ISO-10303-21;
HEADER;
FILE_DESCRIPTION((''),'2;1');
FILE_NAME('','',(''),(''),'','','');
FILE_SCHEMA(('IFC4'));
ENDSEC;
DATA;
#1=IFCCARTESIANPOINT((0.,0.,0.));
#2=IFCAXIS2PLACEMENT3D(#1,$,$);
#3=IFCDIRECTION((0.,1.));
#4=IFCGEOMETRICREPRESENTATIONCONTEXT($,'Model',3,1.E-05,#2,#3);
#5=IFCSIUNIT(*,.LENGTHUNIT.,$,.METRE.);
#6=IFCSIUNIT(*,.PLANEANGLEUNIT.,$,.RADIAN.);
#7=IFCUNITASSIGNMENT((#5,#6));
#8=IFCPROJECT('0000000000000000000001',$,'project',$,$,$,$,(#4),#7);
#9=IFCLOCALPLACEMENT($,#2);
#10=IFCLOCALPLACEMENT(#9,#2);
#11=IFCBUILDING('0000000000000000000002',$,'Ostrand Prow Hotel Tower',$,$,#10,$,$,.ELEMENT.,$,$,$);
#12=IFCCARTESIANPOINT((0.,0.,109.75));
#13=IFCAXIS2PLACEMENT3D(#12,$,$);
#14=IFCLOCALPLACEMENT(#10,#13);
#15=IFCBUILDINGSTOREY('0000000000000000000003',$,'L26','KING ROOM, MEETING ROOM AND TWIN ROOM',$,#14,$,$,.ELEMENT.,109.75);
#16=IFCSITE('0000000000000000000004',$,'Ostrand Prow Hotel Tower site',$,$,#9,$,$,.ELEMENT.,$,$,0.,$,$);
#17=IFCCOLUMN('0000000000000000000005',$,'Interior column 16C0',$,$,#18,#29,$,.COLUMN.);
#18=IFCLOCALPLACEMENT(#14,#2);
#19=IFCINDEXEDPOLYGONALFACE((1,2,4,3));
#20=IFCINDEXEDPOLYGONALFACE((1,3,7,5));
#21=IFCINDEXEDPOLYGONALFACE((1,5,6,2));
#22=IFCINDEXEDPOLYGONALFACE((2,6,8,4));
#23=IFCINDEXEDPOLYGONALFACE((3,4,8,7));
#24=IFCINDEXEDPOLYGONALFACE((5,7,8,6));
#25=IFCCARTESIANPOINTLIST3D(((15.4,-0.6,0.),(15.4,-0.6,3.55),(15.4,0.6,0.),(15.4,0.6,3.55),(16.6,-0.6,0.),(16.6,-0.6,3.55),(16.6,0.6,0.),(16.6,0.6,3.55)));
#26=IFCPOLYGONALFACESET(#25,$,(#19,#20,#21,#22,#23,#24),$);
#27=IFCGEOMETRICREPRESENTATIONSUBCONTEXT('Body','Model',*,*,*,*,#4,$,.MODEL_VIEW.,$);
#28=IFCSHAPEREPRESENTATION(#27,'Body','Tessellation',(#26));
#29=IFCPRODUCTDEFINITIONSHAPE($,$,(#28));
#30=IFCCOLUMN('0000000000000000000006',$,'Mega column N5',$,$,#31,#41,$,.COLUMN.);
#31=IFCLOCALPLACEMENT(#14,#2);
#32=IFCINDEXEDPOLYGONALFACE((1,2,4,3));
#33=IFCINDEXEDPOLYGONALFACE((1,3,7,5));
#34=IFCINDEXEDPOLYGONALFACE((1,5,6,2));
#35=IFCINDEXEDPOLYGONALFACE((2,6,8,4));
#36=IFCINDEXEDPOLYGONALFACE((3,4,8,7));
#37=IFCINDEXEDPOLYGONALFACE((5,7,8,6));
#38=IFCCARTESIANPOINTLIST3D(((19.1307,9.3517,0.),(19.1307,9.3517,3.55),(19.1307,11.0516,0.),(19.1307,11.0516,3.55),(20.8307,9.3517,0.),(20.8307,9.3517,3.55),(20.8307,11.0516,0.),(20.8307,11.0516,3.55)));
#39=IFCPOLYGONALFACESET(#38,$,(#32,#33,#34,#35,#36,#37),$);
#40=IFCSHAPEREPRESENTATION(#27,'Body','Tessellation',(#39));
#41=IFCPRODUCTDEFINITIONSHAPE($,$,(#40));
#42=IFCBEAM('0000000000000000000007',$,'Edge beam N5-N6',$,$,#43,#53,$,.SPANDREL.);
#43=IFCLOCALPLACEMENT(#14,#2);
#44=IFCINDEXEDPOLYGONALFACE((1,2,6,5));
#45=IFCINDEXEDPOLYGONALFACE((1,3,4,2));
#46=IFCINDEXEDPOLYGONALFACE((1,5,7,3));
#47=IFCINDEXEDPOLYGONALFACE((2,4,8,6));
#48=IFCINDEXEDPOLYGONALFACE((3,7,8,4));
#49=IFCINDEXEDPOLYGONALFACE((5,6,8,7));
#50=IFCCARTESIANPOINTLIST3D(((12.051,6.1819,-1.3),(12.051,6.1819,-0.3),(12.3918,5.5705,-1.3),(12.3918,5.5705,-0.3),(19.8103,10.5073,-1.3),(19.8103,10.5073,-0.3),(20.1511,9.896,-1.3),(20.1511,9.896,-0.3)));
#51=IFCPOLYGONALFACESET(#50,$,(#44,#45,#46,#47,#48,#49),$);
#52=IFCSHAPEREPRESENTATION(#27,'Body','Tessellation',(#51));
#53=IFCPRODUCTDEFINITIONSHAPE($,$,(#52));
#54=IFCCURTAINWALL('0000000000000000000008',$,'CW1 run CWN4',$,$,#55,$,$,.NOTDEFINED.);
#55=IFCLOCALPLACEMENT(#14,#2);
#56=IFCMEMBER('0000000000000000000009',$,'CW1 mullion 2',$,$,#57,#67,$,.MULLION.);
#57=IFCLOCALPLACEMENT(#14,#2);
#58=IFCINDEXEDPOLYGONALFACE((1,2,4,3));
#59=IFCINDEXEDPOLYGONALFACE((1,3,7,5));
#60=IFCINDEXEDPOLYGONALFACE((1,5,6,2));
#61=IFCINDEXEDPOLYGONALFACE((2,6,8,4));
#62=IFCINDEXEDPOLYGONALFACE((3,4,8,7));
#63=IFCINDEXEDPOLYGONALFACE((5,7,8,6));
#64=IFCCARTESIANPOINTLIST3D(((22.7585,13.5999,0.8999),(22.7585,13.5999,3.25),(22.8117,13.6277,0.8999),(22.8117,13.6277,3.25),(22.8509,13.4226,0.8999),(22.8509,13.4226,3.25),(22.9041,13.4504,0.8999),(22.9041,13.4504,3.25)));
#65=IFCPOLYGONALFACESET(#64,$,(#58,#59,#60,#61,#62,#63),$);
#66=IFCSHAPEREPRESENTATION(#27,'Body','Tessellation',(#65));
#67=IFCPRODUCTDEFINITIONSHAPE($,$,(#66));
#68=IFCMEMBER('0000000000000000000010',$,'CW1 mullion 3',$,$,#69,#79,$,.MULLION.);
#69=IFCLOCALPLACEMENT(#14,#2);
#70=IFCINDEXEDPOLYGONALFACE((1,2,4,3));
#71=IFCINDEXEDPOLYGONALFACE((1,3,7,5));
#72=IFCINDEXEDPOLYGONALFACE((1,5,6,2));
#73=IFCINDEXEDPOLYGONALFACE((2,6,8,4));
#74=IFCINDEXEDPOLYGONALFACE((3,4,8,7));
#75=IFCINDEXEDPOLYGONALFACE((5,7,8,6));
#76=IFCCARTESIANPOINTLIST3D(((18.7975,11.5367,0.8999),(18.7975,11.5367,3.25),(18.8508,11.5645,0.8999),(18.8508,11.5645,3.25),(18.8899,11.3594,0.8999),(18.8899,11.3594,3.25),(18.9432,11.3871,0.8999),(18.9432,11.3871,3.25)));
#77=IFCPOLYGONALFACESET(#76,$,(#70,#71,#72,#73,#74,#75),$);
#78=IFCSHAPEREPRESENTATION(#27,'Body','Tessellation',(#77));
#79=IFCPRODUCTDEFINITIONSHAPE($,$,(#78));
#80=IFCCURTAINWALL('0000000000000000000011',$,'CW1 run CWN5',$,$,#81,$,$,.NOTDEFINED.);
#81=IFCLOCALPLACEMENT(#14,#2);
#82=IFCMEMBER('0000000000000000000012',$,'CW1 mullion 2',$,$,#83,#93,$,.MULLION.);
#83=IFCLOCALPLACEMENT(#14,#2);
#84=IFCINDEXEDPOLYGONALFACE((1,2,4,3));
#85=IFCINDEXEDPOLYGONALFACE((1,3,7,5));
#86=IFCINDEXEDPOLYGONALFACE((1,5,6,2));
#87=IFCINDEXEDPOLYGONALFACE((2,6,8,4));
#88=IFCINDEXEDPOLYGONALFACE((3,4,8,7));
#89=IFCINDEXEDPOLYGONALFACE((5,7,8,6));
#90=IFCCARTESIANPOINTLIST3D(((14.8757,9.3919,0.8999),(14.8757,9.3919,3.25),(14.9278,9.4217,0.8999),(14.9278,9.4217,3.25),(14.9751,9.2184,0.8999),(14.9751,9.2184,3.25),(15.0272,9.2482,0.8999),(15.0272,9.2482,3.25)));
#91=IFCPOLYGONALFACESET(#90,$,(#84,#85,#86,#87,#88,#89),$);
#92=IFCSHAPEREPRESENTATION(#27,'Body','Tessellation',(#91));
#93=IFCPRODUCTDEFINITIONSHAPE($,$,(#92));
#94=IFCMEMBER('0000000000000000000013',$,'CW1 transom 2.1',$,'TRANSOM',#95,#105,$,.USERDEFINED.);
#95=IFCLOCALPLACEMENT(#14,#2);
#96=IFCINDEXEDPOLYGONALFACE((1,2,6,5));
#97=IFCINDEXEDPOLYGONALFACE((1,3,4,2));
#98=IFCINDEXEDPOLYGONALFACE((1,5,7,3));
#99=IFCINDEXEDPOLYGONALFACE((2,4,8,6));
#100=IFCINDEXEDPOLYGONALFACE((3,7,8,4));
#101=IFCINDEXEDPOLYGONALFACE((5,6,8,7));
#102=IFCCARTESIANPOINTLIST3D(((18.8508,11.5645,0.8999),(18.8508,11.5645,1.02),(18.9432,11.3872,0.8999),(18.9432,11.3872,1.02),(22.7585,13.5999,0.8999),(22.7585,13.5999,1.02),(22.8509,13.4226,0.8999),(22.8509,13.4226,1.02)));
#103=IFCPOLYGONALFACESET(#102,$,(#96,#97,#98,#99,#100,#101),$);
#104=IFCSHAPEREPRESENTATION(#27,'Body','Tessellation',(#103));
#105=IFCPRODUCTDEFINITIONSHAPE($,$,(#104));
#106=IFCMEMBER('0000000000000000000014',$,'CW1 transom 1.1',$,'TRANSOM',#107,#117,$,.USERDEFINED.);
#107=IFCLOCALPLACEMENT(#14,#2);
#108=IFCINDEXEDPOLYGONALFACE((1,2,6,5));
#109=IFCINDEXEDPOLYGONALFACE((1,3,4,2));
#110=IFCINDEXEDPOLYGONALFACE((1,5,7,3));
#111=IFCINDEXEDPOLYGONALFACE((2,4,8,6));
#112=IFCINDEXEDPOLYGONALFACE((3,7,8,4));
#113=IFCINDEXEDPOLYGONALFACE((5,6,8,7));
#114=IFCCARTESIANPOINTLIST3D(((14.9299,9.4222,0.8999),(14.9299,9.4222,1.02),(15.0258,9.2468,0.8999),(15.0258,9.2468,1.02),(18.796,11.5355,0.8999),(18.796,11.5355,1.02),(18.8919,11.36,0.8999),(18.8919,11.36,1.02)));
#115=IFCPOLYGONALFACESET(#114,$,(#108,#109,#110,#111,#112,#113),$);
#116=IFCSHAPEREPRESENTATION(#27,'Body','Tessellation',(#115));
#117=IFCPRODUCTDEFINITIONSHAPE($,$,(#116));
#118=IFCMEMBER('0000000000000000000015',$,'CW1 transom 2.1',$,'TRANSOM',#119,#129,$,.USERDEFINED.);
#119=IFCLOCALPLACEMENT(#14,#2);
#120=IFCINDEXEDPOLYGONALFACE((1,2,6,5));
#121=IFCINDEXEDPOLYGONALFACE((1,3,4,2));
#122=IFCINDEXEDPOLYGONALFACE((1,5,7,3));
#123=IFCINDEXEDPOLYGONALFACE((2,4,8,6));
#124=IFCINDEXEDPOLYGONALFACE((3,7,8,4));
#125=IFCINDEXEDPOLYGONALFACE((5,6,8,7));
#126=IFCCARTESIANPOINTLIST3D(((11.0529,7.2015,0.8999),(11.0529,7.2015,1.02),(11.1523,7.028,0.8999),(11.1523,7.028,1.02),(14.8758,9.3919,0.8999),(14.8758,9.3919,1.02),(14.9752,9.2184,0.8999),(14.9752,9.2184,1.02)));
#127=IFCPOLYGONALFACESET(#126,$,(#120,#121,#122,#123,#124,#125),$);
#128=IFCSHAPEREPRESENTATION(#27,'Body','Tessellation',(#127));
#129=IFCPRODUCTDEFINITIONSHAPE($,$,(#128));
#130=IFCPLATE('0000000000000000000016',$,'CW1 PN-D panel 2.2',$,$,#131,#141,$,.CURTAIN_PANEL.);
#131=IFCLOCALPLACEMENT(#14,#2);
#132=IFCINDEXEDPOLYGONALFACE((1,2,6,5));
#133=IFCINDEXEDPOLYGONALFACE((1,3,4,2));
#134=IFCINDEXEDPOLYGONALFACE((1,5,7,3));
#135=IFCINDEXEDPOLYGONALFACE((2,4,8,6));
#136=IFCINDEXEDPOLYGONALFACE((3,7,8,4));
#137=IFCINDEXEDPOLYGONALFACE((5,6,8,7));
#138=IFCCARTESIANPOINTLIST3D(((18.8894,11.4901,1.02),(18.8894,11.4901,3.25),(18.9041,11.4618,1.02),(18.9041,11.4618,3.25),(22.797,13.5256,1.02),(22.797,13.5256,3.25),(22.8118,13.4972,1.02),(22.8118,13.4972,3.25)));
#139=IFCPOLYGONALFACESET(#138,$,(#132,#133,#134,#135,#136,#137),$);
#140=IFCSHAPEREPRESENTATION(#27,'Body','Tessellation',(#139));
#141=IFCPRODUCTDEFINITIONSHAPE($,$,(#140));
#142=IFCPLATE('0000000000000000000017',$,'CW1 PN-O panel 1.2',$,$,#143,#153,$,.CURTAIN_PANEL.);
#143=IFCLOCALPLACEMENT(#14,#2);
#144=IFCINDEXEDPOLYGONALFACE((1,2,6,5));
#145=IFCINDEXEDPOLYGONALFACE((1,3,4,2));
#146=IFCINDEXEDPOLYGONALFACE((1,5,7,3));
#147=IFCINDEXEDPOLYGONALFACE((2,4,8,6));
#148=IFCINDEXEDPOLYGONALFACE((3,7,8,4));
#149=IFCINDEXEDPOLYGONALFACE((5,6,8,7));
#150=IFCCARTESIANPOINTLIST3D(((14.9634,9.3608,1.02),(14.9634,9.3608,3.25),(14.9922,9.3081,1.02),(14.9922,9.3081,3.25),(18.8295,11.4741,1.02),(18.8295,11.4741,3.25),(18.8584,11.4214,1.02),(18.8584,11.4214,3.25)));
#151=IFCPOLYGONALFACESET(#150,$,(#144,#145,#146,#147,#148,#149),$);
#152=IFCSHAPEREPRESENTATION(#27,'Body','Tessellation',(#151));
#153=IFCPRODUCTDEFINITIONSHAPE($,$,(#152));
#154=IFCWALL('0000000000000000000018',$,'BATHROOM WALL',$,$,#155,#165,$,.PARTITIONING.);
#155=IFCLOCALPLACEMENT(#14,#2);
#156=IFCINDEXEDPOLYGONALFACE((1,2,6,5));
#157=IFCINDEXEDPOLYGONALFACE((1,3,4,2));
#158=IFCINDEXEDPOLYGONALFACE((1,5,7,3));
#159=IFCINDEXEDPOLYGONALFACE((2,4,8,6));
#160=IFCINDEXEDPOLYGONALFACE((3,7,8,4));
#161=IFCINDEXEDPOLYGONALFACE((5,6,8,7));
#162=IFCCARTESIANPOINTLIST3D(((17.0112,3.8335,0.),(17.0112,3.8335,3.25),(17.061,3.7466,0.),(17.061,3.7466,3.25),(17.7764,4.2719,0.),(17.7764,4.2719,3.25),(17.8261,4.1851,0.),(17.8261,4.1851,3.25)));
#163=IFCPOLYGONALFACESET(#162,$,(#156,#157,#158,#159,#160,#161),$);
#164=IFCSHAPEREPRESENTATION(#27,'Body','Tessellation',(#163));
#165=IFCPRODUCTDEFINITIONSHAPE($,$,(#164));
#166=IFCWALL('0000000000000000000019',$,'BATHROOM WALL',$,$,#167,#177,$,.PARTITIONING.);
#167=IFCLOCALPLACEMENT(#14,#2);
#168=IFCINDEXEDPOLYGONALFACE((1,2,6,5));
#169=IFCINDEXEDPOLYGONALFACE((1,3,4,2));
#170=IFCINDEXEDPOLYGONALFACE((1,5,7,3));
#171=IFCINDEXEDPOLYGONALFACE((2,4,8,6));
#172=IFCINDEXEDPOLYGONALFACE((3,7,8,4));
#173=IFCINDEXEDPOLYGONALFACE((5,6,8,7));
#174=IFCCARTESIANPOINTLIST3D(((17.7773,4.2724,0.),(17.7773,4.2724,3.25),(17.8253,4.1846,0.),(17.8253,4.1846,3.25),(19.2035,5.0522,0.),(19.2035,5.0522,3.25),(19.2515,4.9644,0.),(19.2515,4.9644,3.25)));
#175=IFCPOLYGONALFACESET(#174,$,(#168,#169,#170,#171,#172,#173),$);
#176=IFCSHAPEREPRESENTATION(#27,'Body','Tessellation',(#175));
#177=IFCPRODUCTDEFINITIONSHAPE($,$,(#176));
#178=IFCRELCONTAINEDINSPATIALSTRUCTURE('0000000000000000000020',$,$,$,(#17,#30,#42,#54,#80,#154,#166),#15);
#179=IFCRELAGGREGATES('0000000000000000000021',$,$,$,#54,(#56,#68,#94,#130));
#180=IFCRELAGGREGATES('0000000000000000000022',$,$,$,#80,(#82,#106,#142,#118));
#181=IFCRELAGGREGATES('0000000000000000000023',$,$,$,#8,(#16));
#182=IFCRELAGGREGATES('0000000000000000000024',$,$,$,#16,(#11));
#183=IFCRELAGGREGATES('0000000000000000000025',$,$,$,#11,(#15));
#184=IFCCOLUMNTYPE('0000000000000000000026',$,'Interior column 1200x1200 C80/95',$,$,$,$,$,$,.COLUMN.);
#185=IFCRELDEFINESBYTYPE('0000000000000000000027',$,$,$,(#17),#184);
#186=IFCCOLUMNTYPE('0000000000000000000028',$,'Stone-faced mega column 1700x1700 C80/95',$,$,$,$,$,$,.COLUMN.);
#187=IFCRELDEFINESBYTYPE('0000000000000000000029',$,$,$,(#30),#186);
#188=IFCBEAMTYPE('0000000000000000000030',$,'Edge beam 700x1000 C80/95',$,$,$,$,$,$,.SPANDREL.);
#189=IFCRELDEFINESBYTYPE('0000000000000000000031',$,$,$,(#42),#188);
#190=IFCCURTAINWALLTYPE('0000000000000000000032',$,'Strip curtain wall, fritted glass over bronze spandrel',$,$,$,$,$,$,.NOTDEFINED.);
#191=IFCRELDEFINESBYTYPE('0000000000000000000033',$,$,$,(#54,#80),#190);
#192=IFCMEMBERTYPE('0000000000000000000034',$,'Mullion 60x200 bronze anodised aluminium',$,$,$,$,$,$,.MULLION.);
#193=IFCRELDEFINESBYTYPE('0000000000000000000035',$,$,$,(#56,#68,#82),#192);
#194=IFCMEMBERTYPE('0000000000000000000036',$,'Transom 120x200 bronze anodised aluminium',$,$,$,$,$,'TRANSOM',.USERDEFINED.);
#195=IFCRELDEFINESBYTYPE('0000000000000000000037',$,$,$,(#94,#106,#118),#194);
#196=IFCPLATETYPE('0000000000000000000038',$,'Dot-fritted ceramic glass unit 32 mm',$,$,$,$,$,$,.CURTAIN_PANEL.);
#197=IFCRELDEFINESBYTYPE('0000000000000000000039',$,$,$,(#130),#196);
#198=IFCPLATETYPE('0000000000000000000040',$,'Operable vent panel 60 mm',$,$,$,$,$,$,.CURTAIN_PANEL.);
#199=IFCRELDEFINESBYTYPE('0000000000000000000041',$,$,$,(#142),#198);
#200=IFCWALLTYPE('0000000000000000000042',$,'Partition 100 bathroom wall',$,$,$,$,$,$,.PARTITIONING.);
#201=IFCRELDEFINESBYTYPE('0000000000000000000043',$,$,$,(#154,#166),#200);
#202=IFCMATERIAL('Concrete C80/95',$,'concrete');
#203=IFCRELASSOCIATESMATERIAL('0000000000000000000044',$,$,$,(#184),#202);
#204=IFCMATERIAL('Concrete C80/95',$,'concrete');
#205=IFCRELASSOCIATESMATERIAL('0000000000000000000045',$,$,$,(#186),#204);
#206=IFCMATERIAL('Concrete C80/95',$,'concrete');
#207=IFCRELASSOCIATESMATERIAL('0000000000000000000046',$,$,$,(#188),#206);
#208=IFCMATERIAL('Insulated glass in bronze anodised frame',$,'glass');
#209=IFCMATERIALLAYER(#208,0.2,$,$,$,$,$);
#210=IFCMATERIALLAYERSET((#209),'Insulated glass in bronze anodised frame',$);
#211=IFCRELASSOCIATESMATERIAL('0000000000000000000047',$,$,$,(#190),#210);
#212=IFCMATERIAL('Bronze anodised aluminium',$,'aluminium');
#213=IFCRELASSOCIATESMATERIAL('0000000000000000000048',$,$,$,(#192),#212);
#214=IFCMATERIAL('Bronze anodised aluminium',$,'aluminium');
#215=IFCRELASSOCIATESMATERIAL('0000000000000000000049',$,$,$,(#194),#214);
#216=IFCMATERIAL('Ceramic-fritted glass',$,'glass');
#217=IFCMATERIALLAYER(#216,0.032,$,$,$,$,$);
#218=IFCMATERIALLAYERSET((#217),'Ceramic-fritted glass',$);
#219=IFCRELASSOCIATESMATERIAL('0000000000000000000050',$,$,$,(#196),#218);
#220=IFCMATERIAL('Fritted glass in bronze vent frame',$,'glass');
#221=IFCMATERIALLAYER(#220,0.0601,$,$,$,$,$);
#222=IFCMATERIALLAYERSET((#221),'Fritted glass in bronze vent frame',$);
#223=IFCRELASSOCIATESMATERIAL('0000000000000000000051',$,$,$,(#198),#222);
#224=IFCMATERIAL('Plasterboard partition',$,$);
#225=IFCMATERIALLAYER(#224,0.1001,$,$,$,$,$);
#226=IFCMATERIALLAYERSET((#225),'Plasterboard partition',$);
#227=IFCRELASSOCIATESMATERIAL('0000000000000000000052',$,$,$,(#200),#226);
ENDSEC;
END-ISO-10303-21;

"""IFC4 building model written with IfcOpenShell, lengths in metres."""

from ifc_helpers import new_model, si_unit, direction, frame, frame_2d, origin, origin_2d, place, context, subcontext, project, spatial, rectangle, extrude, material, layer, layer_set, material_profile, profile_set, type_object, element, aggregate, save


model = new_model("IFC4")

# Units and contexts
model_context = context("Model", 3, precision=1e-05, world=origin(), true_north=direction((0.0, 1.0)))
body_context = subcontext(model_context, "Body", "Model", "MODEL_VIEW")
ifc_project = project(units=[si_unit("LENGTHUNIT", "METRE"), si_unit("PLANEANGLEUNIT", "RADIAN")], contexts=[model_context])

# Site, building, storey
site_placement = place(None, origin())
site = spatial("IfcSite", under=ifc_project, at=site_placement, Name="Ostrand Prow Hotel Tower site", CompositionType="ELEMENT", RefElevation=0.0)
building_placement = place(site_placement, origin())
building = spatial("IfcBuilding", under=site, at=building_placement, Name="Ostrand Prow Hotel Tower", CompositionType="ELEMENT")
storey_placement = place(building_placement, frame((0.0, 0.0, 109.75)))
storey = spatial("IfcBuildingStorey", under=building, at=storey_placement, Name="L26", Description="KING ROOM, MEETING ROOM AND TWIN ROOM", CompositionType="ELEMENT", Elevation=109.75)

# Columns
ifc_material_1 = material(Name="Concrete C80/95", Category="concrete")
ifc_material_profile_1 = material_profile(ifc_material_1, rectangle(XDim=1.2, YDim=1.2, at=origin_2d()), Name="RC 1200x1200")
ifc_profile_set_1 = profile_set([ifc_material_profile_1], Name="Concrete C80/95")
column_type_1 = type_object("IfcColumnType", Name="Interior column 1200x1200 C80/95", PredefinedType="COLUMN", material=ifc_profile_set_1)
column_1_placement = place(storey_placement, frame((16.0, 0.0, 0.0), z_axis=(0.0, 0.0, 1.0), x_axis=(1.0, 0.0, 0.0)))
element("IfcColumn", 1, at=column_1_placement, inside=storey, type_object=column_type_1, Name="Interior column 16C0", PredefinedType="COLUMN", context=body_context, shape_type="SweptSolid", body=[
    extrude(rectangle(XDim=1.2, YDim=1.2, at=origin_2d()), origin(), (0.0, 0.0, 1.0), 3.55),
])
ifc_material_2 = material(Name="Concrete C80/95", Category="concrete")
ifc_material_profile_2 = material_profile(ifc_material_2, rectangle(XDim=1.7, YDim=1.7, at=origin_2d()), Name="RC 1700x1700")
ifc_profile_set_2 = profile_set([ifc_material_profile_2], Name="Concrete C80/95")
column_type_2 = type_object("IfcColumnType", Name="Stone-faced mega column 1700x1700 C80/95", PredefinedType="COLUMN", material=ifc_profile_set_2)
column_2_placement = place(storey_placement, frame((19.9807, 10.2017, 0.0), z_axis=(0.0, 0.0, 1.0), x_axis=(1.0, 0.0, 0.0)))
element("IfcColumn", 2, at=column_2_placement, inside=storey, type_object=column_type_2, Name="Mega column N5", PredefinedType="COLUMN", context=body_context, shape_type="SweptSolid", body=[
    extrude(rectangle(XDim=1.7, YDim=1.7, at=origin_2d()), origin(), (0.0, 0.0, 1.0), 3.55),
])

# Beam
ifc_material_3 = material(Name="Concrete C80/95", Category="concrete")
ifc_material_profile_3 = material_profile(ifc_material_3, rectangle(XDim=0.7, YDim=1.0, at=origin_2d()), Name="RC 700x1000")
ifc_profile_set_3 = profile_set([ifc_material_profile_3], Name="Concrete C80/95")
beam_type = type_object("IfcBeamType", Name="Edge beam 700x1000 C80/95", PredefinedType="SPANDREL", material=ifc_profile_set_3)
beam_placement = place(storey_placement, frame((19.9807, 10.2017, -0.8), z_axis=(-0.873452, -0.486909, 0.0), x_axis=(0.486909, -0.873452, 0.0)))
element("IfcBeam", 3, at=beam_placement, inside=storey, type_object=beam_type, Name="Edge beam N5-N6", PredefinedType="SPANDREL", context=body_context, shape_type="SweptSolid", body=[
    extrude(rectangle(XDim=0.7, YDim=1.0, at=origin_2d()), origin(), (0.0, 0.0, 1.0), 8.8835),
])

# Curtain wall, members
ifc_material_4 = material(Name="Insulated glass in bronze anodised frame", Category="glass")
ifc_layer_1 = layer(ifc_material_4, 0.2)
ifc_layer_set_1 = layer_set([ifc_layer_1], Name="Insulated glass in bronze anodised frame")
curtain_wall_type = type_object("IfcCurtainWallType", Name="Strip curtain wall, fritted glass over bronze spandrel", PredefinedType="NOTDEFINED", material=ifc_layer_set_1)
curtain_wall_1_placement = place(storey_placement, origin())
curtain_wall_1 = element("IfcCurtainWall", 4, at=curtain_wall_1_placement, inside=storey, type_object=curtain_wall_type, Name="CW1 run CWN4", PredefinedType="NOTDEFINED")
ifc_material_5 = material(Name="Bronze anodised aluminium", Category="aluminium")
ifc_material_profile_4 = material_profile(ifc_material_5, rectangle(XDim=0.2, YDim=0.0601, at=origin_2d()), Name="Mullion 60x200 bronze anodised aluminium")
ifc_profile_set_4 = profile_set([ifc_material_profile_4], Name="Bronze anodised aluminium")
member_type_1 = type_object("IfcMemberType", Name="Mullion 60x200 bronze anodised aluminium", PredefinedType="MULLION", material=ifc_profile_set_4)
member_1_placement = place(storey_placement, frame((22.8313, 13.5251, 0.8999), z_axis=(0.0, 0.0, 1.0), x_axis=(0.461968, -0.886896, 0.0)))
member_1 = element("IfcMember", 5, at=member_1_placement, type_object=member_type_1, Name="CW1 mullion 2", PredefinedType="MULLION", context=body_context, shape_type="SweptSolid", body=[
    extrude(rectangle(XDim=0.2, YDim=0.0601, at=origin_2d()), origin(), (0.0, 0.0, 1.0), 2.3501),
])
member_2_placement = place(storey_placement, frame((18.8704, 11.4619, 0.8999), z_axis=(0.0, 0.0, 1.0), x_axis=(0.461968, -0.886896, 0.0)))
member_2 = element("IfcMember", 6, at=member_2_placement, type_object=member_type_1, Name="CW1 mullion 3", PredefinedType="MULLION", context=body_context, shape_type="SweptSolid", body=[
    extrude(rectangle(XDim=0.2, YDim=0.0601, at=origin_2d()), origin(), (0.0, 0.0, 1.0), 2.3501),
])

# Curtain wall, member
curtain_wall_2_placement = place(storey_placement, origin())
curtain_wall_2 = element("IfcCurtainWall", 7, at=curtain_wall_2_placement, inside=storey, type_object=curtain_wall_type, Name="CW1 run CWN5", PredefinedType="NOTDEFINED")
member_3_placement = place(storey_placement, frame((14.9514, 9.3201, 0.8999), z_axis=(0.0, 0.0, 1.0), x_axis=(0.497115, -0.867685, 0.0)))
member_3 = element("IfcMember", 8, at=member_3_placement, type_object=member_type_1, Name="CW1 mullion 2", PredefinedType="MULLION", context=body_context, shape_type="SweptSolid", body=[
    extrude(rectangle(XDim=0.2, YDim=0.0601, at=origin_2d()), origin(), (0.0, 0.0, 1.0), 2.3501),
])

# Members
ifc_material_6 = material(Name="Bronze anodised aluminium", Category="aluminium")
ifc_material_profile_5 = material_profile(ifc_material_6, rectangle(XDim=0.2, YDim=0.1201, at=origin_2d()), Name="Transom 120x200 bronze anodised aluminium")
ifc_profile_set_5 = profile_set([ifc_material_profile_5], Name="Bronze anodised aluminium")
member_type_2 = type_object("IfcMemberType", Name="Transom 120x200 bronze anodised aluminium", ElementType="TRANSOM", PredefinedType="USERDEFINED", material=ifc_profile_set_5)
member_4_placement = place(storey_placement, frame((22.8047, 13.5112, 0.96), z_axis=(-0.886902, -0.461958, 0.0), x_axis=(0.461958, -0.886902, 0.0)))
member_4 = element("IfcMember", 9, at=member_4_placement, type_object=member_type_2, Name="CW1 transom 2.1", ObjectType="TRANSOM", PredefinedType="USERDEFINED", context=body_context, shape_type="SweptSolid", body=[
    extrude(rectangle(XDim=0.2, YDim=0.1201, at=origin_2d()), origin(), (0.0, 0.0, 1.0), 4.406),
])
member_5_placement = place(storey_placement, frame((18.844, 11.4478, 0.96), z_axis=(-0.877472, -0.479628, 0.0), x_axis=(0.479628, -0.877472, 0.0)))
member_5 = element("IfcMember", 10, at=member_5_placement, type_object=member_type_2, Name="CW1 transom 1.1", ObjectType="TRANSOM", PredefinedType="USERDEFINED", context=body_context, shape_type="SweptSolid", body=[
    extrude(rectangle(XDim=0.2, YDim=0.1201, at=origin_2d()), origin(), (0.0, 0.0, 1.0), 4.406),
])
member_6_placement = place(storey_placement, frame((14.9255, 9.3052, 0.96), z_axis=(-0.86767, -0.497141, 0.0), x_axis=(0.497141, -0.86767, 0.0)))
member_6 = element("IfcMember", 11, at=member_6_placement, type_object=member_type_2, Name="CW1 transom 2.1", ObjectType="TRANSOM", PredefinedType="USERDEFINED", context=body_context, shape_type="SweptSolid", body=[
    extrude(rectangle(XDim=0.2, YDim=0.1201, at=origin_2d()), origin(), (0.0, 0.0, 1.0), 4.406),
])

# Plates
ifc_material_7 = material(Name="Ceramic-fritted glass", Category="glass")
ifc_layer_2 = layer(ifc_material_7, 0.032)
ifc_layer_set_2 = layer_set([ifc_layer_2], Name="Ceramic-fritted glass")
plate_type_1 = type_object("IfcPlateType", Name="Dot-fritted ceramic glass unit 32 mm", PredefinedType="CURTAIN_PANEL", material=ifc_layer_set_2)
plate_1_placement = place(storey_placement, frame((20.8506, 12.4937, 1.02), z_axis=(0.0, 0.0, 1.0), x_axis=(-0.886896, -0.461968, 0.0)))
plate_1 = element("IfcPlate", 12, at=plate_1_placement, type_object=plate_type_1, Name="CW1 PN-D panel 2.2", PredefinedType="CURTAIN_PANEL", context=body_context, shape_type="SweptSolid", body=[
    extrude(rectangle(XDim=4.406, YDim=0.032, at=origin_2d()), origin(), (0.0, 0.0, 1.0), 2.23),
])
aggregate(curtain_wall_1, [member_1, member_2, member_4, plate_1])
ifc_material_8 = material(Name="Fritted glass in bronze vent frame", Category="glass")
ifc_layer_3 = layer(ifc_material_8, 0.0601)
ifc_layer_set_3 = layer_set([ifc_layer_3], Name="Fritted glass in bronze vent frame")
plate_type_2 = type_object("IfcPlateType", Name="Operable vent panel 60 mm", PredefinedType="CURTAIN_PANEL", material=ifc_layer_set_3)
plate_2_placement = place(storey_placement, frame((16.9109, 10.3911, 1.02), z_axis=(0.0, 0.0, 1.0), x_axis=(-0.877467, -0.479637, 0.0)))
plate_2 = element("IfcPlate", 13, at=plate_2_placement, type_object=plate_type_2, Name="CW1 PN-O panel 1.2", PredefinedType="CURTAIN_PANEL", context=body_context, shape_type="SweptSolid", body=[
    extrude(rectangle(XDim=4.406, YDim=0.0601, at=origin_2d()), origin(), (0.0, 0.0, 1.0), 2.23),
])
aggregate(curtain_wall_2, [member_3, member_5, plate_2, member_6])

# Walls
ifc_material_9 = material(Name="Plasterboard partition")
ifc_layer_4 = layer(ifc_material_9, 0.1001)
ifc_layer_set_4 = layer_set([ifc_layer_4], Name="Plasterboard partition")
wall_type_1 = type_object("IfcWallType", Name="Partition 100 bathroom wall", PredefinedType="PARTITIONING", material=ifc_layer_set_4)
wall_1_placement = place(storey_placement, frame((17.0361, 3.79, 0.0), z_axis=(0.0, 0.0, 1.0), x_axis=(0.867629, 0.497212, 0.0)))
element("IfcWall", 14, at=wall_1_placement, inside=storey, type_object=wall_type_1, Name="BATHROOM WALL", PredefinedType="PARTITIONING", context=body_context, shape_type="SweptSolid", body=[
    extrude(rectangle(XDim=0.8818, YDim=0.1001, at=frame_2d((0.4409, 0.0))), origin(), (0.0, 0.0, 1.0), 3.25),
])
wall_2_placement = place(storey_placement, frame((17.8013, 4.2285, 0.0), z_axis=(0.0, 0.0, 1.0), x_axis=(0.877424, 0.479715, 0.0)))
element("IfcWall", 15, at=wall_2_placement, inside=storey, type_object=wall_type_1, Name="BATHROOM WALL", PredefinedType="PARTITIONING", context=body_context, shape_type="SweptSolid", body=[
    extrude(rectangle(XDim=1.6255, YDim=0.1001, at=frame_2d((0.8127, 0.0))), origin(), (0.0, 0.0, 1.0), 3.25),
])

save(model, "model.ifc")
